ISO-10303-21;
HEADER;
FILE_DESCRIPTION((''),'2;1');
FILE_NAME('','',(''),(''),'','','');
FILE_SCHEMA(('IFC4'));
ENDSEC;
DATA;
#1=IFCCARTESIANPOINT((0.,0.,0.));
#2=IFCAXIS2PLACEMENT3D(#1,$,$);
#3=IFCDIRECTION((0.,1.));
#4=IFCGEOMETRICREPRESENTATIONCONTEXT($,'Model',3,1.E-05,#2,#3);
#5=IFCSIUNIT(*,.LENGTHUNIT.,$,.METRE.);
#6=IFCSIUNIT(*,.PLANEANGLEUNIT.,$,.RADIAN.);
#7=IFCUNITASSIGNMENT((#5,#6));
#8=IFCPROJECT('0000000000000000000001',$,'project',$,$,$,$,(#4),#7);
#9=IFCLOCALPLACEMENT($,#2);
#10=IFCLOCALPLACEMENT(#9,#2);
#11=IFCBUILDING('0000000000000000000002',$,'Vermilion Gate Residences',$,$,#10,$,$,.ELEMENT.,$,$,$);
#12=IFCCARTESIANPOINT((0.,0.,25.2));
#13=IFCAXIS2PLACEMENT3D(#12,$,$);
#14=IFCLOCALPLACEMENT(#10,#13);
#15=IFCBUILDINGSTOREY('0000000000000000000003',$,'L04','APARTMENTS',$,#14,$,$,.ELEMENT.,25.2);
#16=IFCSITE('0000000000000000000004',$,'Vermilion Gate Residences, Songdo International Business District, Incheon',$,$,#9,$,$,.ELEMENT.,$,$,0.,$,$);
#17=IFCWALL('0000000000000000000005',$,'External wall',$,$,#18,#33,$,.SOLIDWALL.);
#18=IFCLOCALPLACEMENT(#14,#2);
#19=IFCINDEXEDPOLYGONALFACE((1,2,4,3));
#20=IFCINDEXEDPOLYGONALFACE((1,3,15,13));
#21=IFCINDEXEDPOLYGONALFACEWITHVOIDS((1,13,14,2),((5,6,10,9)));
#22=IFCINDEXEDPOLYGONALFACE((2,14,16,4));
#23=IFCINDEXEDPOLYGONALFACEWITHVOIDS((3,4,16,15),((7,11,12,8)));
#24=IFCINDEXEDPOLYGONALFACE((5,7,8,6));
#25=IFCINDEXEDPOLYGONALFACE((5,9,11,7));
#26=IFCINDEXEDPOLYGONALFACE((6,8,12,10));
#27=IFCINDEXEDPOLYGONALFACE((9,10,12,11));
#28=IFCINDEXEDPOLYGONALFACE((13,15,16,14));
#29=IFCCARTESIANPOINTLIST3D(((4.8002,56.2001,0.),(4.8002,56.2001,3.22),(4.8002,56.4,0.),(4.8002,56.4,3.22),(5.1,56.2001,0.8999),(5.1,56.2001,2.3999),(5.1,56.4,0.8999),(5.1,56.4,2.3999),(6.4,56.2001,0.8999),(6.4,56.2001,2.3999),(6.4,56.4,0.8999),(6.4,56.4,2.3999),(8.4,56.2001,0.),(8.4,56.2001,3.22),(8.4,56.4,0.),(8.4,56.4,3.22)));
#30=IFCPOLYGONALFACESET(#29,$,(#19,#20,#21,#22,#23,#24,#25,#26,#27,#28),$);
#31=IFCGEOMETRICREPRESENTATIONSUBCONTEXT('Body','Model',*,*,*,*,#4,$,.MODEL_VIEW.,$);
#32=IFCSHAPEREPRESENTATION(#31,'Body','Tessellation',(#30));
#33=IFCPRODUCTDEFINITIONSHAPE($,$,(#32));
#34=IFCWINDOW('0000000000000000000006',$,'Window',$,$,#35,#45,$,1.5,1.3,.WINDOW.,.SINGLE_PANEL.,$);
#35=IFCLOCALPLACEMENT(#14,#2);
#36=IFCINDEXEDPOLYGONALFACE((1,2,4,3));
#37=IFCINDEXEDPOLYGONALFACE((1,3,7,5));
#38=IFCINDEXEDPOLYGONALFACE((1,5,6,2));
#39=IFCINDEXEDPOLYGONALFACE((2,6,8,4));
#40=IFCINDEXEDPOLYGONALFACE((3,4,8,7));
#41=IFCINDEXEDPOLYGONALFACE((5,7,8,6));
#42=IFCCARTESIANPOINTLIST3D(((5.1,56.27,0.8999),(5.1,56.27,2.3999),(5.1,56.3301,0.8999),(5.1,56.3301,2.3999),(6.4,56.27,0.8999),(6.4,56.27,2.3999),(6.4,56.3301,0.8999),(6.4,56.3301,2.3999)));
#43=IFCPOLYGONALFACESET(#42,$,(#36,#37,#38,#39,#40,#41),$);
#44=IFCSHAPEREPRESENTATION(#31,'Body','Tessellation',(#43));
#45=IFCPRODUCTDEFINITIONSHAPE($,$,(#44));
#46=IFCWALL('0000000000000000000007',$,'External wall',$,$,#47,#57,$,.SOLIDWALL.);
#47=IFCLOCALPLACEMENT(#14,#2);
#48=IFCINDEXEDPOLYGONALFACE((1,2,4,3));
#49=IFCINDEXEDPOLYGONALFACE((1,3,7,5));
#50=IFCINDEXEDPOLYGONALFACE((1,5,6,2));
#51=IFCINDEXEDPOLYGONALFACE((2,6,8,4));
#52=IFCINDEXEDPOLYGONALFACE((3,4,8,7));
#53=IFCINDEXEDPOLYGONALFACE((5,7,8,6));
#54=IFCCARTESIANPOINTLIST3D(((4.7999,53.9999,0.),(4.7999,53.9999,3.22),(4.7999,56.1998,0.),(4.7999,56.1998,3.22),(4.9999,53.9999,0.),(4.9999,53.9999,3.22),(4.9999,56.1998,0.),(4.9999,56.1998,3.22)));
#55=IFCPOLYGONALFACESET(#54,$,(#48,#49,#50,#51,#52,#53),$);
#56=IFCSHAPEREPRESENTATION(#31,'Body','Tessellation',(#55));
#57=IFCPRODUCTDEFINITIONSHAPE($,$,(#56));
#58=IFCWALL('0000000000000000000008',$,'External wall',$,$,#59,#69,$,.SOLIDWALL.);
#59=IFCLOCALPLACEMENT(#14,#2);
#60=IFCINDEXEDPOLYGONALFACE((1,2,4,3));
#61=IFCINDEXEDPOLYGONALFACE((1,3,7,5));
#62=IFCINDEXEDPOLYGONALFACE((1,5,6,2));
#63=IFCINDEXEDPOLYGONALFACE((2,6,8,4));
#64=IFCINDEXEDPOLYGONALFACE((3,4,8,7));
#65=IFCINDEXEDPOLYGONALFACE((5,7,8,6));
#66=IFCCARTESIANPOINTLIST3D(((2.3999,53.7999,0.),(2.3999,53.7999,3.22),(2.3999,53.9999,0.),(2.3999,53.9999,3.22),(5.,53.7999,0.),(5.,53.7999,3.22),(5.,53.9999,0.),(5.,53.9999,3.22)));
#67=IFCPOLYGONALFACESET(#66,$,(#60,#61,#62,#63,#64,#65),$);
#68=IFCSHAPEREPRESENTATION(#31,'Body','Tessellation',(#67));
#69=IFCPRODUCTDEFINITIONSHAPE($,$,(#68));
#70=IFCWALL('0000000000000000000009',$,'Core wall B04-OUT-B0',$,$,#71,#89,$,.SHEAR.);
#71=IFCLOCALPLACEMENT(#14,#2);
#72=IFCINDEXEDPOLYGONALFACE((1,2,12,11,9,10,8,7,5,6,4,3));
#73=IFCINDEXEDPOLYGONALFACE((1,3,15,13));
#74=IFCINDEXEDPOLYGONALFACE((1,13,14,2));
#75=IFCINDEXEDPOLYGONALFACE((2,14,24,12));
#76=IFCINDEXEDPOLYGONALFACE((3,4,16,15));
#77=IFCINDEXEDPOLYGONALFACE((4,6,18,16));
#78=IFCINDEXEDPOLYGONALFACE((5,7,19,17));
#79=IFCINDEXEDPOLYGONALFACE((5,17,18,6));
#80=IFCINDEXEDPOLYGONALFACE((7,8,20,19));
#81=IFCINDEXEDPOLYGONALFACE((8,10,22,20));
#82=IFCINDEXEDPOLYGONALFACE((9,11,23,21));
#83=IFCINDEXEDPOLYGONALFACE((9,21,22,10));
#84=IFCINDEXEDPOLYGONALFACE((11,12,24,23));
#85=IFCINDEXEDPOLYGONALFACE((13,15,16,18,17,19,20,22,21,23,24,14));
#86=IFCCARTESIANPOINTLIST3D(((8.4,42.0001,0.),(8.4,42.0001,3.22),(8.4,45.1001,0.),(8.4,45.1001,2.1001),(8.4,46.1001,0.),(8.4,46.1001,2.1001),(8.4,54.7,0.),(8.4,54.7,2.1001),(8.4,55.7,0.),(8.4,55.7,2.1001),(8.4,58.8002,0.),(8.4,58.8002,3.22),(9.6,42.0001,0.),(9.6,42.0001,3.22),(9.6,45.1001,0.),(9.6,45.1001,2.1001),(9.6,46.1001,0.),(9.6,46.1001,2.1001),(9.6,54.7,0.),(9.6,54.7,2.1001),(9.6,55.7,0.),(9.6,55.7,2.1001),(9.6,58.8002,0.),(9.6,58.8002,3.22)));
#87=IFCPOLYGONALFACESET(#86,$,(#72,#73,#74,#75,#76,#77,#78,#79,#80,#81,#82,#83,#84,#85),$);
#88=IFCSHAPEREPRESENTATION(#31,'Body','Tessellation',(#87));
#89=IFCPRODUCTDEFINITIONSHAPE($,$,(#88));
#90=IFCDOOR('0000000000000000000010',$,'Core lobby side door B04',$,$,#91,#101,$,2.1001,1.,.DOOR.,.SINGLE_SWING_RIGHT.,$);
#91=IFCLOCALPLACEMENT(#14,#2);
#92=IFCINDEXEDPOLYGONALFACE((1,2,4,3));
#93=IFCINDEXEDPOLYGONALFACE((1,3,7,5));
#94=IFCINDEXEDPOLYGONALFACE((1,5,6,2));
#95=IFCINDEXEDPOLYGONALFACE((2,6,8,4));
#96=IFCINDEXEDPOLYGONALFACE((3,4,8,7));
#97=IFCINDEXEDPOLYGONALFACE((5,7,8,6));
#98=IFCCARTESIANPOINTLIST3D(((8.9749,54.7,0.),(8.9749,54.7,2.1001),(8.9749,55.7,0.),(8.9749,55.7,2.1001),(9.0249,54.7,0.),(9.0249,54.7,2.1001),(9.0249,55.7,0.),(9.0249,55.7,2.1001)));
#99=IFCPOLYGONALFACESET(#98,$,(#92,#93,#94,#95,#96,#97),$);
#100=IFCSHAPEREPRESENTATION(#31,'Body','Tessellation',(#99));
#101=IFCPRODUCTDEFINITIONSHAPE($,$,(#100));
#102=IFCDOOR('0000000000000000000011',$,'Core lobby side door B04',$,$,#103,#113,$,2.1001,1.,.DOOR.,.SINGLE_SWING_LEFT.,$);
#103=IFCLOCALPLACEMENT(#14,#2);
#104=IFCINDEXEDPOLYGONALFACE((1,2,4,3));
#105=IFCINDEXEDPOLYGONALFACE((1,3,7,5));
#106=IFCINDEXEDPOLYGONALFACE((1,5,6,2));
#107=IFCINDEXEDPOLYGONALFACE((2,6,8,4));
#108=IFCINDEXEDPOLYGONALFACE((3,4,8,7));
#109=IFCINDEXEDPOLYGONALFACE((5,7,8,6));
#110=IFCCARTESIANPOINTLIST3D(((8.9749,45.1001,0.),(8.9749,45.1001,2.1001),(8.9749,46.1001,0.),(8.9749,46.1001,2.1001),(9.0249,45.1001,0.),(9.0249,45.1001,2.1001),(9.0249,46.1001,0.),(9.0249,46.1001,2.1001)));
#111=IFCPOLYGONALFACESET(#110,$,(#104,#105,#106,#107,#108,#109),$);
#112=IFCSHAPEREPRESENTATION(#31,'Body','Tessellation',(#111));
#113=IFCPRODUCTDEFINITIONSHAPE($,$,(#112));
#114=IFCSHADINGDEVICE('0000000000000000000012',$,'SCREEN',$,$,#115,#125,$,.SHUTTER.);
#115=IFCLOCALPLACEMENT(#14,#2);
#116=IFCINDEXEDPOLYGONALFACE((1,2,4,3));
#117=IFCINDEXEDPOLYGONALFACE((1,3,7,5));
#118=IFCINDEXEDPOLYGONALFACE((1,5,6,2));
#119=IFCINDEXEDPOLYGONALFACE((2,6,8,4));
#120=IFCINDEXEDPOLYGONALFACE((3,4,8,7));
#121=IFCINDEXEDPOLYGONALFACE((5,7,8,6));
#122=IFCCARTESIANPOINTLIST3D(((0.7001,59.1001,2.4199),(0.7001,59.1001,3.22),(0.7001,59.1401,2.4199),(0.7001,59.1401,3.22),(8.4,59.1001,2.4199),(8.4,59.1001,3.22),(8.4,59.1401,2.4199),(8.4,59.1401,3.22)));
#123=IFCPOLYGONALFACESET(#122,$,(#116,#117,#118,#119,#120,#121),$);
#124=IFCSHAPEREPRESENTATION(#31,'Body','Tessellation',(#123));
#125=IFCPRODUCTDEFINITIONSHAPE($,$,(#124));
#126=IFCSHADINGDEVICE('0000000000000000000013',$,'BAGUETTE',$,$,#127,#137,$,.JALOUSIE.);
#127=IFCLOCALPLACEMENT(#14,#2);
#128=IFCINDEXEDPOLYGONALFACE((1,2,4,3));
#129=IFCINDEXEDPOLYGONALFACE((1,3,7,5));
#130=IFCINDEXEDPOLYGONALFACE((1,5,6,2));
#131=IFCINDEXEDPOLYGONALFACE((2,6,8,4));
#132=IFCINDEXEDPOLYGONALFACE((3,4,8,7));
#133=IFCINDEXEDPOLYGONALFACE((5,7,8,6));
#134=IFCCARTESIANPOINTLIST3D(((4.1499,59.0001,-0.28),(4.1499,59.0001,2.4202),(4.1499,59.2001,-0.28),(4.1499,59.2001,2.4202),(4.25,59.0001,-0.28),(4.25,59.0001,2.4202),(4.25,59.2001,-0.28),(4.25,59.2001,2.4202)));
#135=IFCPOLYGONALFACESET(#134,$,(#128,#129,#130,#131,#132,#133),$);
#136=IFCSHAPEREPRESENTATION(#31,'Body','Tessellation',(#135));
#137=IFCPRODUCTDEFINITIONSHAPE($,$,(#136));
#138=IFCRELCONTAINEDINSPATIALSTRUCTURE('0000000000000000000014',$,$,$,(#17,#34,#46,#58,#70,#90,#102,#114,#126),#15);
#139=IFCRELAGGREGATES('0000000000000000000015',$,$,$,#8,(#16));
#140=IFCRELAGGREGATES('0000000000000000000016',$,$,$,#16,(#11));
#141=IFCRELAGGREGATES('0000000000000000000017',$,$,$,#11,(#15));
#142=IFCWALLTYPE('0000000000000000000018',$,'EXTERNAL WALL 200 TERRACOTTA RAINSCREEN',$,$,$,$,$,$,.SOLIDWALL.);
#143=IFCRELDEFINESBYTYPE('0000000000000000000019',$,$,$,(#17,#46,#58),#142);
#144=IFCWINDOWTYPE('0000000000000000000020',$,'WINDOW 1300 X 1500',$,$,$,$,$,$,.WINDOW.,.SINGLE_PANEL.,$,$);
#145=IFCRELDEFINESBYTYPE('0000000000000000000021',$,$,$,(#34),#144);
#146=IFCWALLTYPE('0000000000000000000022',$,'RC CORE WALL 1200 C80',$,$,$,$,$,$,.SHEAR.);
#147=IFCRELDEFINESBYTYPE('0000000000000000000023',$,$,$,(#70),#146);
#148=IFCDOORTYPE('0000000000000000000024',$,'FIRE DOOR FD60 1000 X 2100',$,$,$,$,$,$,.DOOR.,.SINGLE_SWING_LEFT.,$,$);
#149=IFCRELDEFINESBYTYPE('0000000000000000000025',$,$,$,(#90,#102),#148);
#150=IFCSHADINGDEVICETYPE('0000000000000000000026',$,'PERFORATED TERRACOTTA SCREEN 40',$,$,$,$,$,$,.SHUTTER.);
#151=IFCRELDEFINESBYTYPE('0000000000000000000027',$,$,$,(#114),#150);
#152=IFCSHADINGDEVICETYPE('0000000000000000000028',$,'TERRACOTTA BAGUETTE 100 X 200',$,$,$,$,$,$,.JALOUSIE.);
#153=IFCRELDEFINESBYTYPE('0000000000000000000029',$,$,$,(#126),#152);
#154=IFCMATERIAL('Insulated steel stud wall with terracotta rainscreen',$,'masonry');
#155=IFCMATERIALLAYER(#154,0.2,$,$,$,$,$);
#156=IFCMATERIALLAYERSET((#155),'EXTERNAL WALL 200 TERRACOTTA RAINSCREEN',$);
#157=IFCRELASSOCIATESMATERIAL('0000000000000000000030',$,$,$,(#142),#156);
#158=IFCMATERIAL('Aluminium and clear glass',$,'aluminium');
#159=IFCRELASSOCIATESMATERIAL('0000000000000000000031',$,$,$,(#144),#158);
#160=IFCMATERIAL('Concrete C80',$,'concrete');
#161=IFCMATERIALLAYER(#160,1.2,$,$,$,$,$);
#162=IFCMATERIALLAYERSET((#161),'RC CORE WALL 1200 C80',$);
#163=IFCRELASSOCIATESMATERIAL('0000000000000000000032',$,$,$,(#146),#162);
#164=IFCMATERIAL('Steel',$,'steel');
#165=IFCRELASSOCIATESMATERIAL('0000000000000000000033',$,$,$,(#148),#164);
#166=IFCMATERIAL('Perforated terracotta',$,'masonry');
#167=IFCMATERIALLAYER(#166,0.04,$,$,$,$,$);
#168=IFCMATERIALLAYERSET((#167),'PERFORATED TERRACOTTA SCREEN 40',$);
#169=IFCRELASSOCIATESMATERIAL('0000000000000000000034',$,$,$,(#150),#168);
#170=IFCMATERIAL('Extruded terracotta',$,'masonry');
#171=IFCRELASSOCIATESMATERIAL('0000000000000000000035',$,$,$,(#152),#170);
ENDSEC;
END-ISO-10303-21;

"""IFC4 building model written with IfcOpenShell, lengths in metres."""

from ifc_helpers import new_model, si_unit, direction, frame, frame_2d, origin, origin_2d, place, context, subcontext, project, spatial, rectangle, extrude, material, layer, layer_set, material_profile, profile_set, type_object, element, fill, save


model = new_model("IFC4")

# Units and contexts
model_context = context("Model", 3, precision=1e-05, world=origin(), true_north=direction((0.0, 1.0)))
body_context = subcontext(model_context, "Body", "Model", "MODEL_VIEW")
ifc_project = project(units=[si_unit("LENGTHUNIT", "METRE"), si_unit("PLANEANGLEUNIT", "RADIAN")], contexts=[model_context])

# Site, building, storey
site_placement = place(None, origin())
site = spatial("IfcSite", under=ifc_project, at=site_placement, Name="Vermilion Gate Residences, Songdo International Business District, Incheon", CompositionType="ELEMENT", RefElevation=0.0)
building_placement = place(site_placement, origin())
building = spatial("IfcBuilding", under=site, at=building_placement, Name="Vermilion Gate Residences", CompositionType="ELEMENT")
storey_placement = place(building_placement, frame((0.0, 0.0, 25.2)))
storey = spatial("IfcBuildingStorey", under=building, at=storey_placement, Name="L04", Description="APARTMENTS", CompositionType="ELEMENT", Elevation=25.2)

# Wall, opening, window
ifc_material_1 = material(Name="Insulated steel stud wall with terracotta rainscreen", Category="masonry")
ifc_layer_1 = layer(ifc_material_1, 0.2)
ifc_layer_set_1 = layer_set([ifc_layer_1], Name="EXTERNAL WALL 200 TERRACOTTA RAINSCREEN")
wall_type_1 = type_object("IfcWallType", Name="EXTERNAL WALL 200 TERRACOTTA RAINSCREEN", PredefinedType="SOLIDWALL", material=ifc_layer_set_1)
wall_1_placement = place(storey_placement, frame((8.3999, 56.3, 0.0), z_axis=(0.0, 0.0, 1.0), x_axis=(-1.0, 0.0, 0.0)))
wall_1 = element("IfcWall", 1, at=wall_1_placement, inside=storey, type_object=wall_type_1, Name="External wall", PredefinedType="SOLIDWALL", context=body_context, shape_type="SweptSolid", body=[
    extrude(rectangle(XDim=3.5999, YDim=0.2, at=frame_2d((1.7998, 0.0))), origin(), (0.0, 0.0, 1.0), 3.22),
])
opening_1_placement = place(wall_1_placement, frame((2.0, 0.0, 0.8999)))
opening_1 = element("IfcOpeningElement", 2, at=opening_1_placement, cuts=wall_1, PredefinedType="OPENING", context=body_context, shape_type="SweptSolid", body=[
    extrude(rectangle(XDim=1.3, YDim=1.5, at=frame_2d((0.6499, 0.75))), frame((0.0, 0.1099, 0.0), z_axis=(0.0, -1.0, 0.0), x_axis=(1.0, 0.0, 0.0)), (0.0, 0.0, 1.0), 0.22),
])
ifc_material_2 = material(Name="Aluminium and clear glass", Category="aluminium")
window_type = type_object("IfcWindowType", Name="WINDOW 1300 X 1500", PartitioningType="SINGLE_PANEL", PredefinedType="WINDOW", material=ifc_material_2)
window_placement = place(opening_1_placement, origin())
window = element("IfcWindow", 3, at=window_placement, inside=storey, type_object=window_type, Name="Window", OverallHeight=1.5, OverallWidth=1.3, PartitioningType="SINGLE_PANEL", PredefinedType="WINDOW", context=body_context, shape_type="SweptSolid", body=[
    extrude(rectangle(XDim=1.3, YDim=1.5, at=frame_2d((0.6499, 0.75))), frame((0.0, 0.03, 0.0), z_axis=(0.0, -1.0, 0.0), x_axis=(1.0, 0.0, 0.0)), (0.0, 0.0, 1.0), 0.0601),
])
fill(opening_1, window)

# Walls
wall_2_placement = place(storey_placement, frame((4.8999, 56.2, 0.0), z_axis=(0.0, 0.0, 1.0), x_axis=(0.0, -1.0, 0.0)))
element("IfcWall", 4, at=wall_2_placement, inside=storey, type_object=wall_type_1, Name="External wall", PredefinedType="SOLIDWALL", context=body_context, shape_type="SweptSolid", body=[
    extrude(rectangle(XDim=2.2, YDim=0.2, at=frame_2d((1.1001, 0.0))), origin(), (0.0, 0.0, 1.0), 3.22),
])
wall_3_placement = place(storey_placement, frame((5.0, 53.8999, 0.0), z_axis=(0.0, 0.0, 1.0), x_axis=(-1.0, 0.0, 0.0)))
element("IfcWall", 5, at=wall_3_placement, inside=storey, type_object=wall_type_1, Name="External wall", PredefinedType="SOLIDWALL", context=body_context, shape_type="SweptSolid", body=[
    extrude(rectangle(XDim=2.6001, YDim=0.2, at=frame_2d((1.3, 0.0))), origin(), (0.0, 0.0, 1.0), 3.22),
])

# Wall, openings, doors
ifc_material_3 = material(Name="Concrete C80", Category="concrete")
ifc_layer_2 = layer(ifc_material_3, 1.2)
ifc_layer_set_2 = layer_set([ifc_layer_2], Name="RC CORE WALL 1200 C80")
wall_type_2 = type_object("IfcWallType", Name="RC CORE WALL 1200 C80", PredefinedType="SHEAR", material=ifc_layer_set_2)
wall_4_placement = place(storey_placement, frame((9.0, 58.8, 0.0), z_axis=(0.0, 0.0, 1.0), x_axis=(0.0, -1.0, 0.0)))
wall_4 = element("IfcWall", 6, at=wall_4_placement, inside=storey, type_object=wall_type_2, Name="Core wall B04-OUT-B0", PredefinedType="SHEAR", context=body_context, shape_type="SweptSolid", body=[
    extrude(rectangle(XDim=16.8, YDim=1.2, at=frame_2d((8.3999, 0.0))), origin(), (0.0, 0.0, 1.0), 3.22),
])
opening_2_placement = place(wall_4_placement, frame((3.1001, 0.0, 0.0)))
opening_2 = element("IfcOpeningElement", 7, at=opening_2_placement, cuts=wall_4, PredefinedType="OPENING", context=body_context, shape_type="SweptSolid", body=[
    extrude(rectangle(XDim=1.0, YDim=2.1001, at=frame_2d((0.5, 1.05))), frame((0.0, 0.6099, 0.0), z_axis=(0.0, -1.0, 0.0), x_axis=(1.0, 0.0, 0.0)), (0.0, 0.0, 1.0), 1.22),
])
opening_3_placement = place(wall_4_placement, frame((12.7, 0.0, 0.0)))
opening_3 = element("IfcOpeningElement", 8, at=opening_3_placement, cuts=wall_4, PredefinedType="OPENING", context=body_context, shape_type="SweptSolid", body=[
    extrude(rectangle(XDim=1.0, YDim=2.1001, at=frame_2d((0.5, 1.05))), frame((0.0, 0.6099, 0.0), z_axis=(0.0, -1.0, 0.0), x_axis=(1.0, 0.0, 0.0)), (0.0, 0.0, 1.0), 1.22),
])
ifc_material_4 = material(Name="Steel", Category="steel")
door_type = type_object("IfcDoorType", Name="FIRE DOOR FD60 1000 X 2100", OperationType="SINGLE_SWING_LEFT", PredefinedType="DOOR", material=ifc_material_4)
door_1_placement = place(opening_2_placement, origin())
door_1 = element("IfcDoor", 9, at=door_1_placement, inside=storey, type_object=door_type, Name="Core lobby side door B04", OperationType="SINGLE_SWING_RIGHT", OverallHeight=2.1001, OverallWidth=1.0, PredefinedType="DOOR", context=body_context, shape_type="SweptSolid", body=[
    extrude(rectangle(XDim=1.0, YDim=2.1001, at=frame_2d((0.5, 1.05))), frame((0.0, 0.0249, 0.0), z_axis=(0.0, -1.0, 0.0), x_axis=(1.0, 0.0, 0.0)), (0.0, 0.0, 1.0), 0.05),
])
fill(opening_2, door_1)
door_2_placement = place(opening_3_placement, origin())
door_2 = element("IfcDoor", 10, at=door_2_placement, inside=storey, type_object=door_type, Name="Core lobby side door B04", OperationType="SINGLE_SWING_LEFT", OverallHeight=2.1001, OverallWidth=1.0, PredefinedType="DOOR", context=body_context, shape_type="SweptSolid", body=[
    extrude(rectangle(XDim=1.0, YDim=2.1001, at=frame_2d((0.5, 1.05))), frame((0.0, 0.0249, 0.0), z_axis=(0.0, -1.0, 0.0), x_axis=(1.0, 0.0, 0.0)), (0.0, 0.0, 1.0), 0.05),
])
fill(opening_3, door_2)

# Shading devices
ifc_material_5 = material(Name="Perforated terracotta", Category="masonry")
ifc_layer_3 = layer(ifc_material_5, 0.04)
ifc_layer_set_3 = layer_set([ifc_layer_3], Name="PERFORATED TERRACOTTA SCREEN 40")
shading_device_type_1 = type_object("IfcShadingDeviceType", Name="PERFORATED TERRACOTTA SCREEN 40", PredefinedType="SHUTTER", material=ifc_layer_set_3)
shading_device_1_placement = place(storey_placement, frame((4.55, 59.1201, 2.4199), z_axis=(0.0, 0.0, 1.0), x_axis=(-1.0, 0.0, 0.0)))
element("IfcShadingDevice", 11, at=shading_device_1_placement, inside=storey, type_object=shading_device_type_1, Name="SCREEN", PredefinedType="SHUTTER", context=body_context, shape_type="SweptSolid", body=[
    extrude(rectangle(XDim=7.7, YDim=0.04, at=origin_2d()), origin(), (0.0, 0.0, 1.0), 0.8),
])
ifc_material_6 = material(Name="Extruded terracotta", Category="masonry")
ifc_material_profile = material_profile(ifc_material_6, rectangle(XDim=0.2, YDim=0.1001, at=origin_2d()), Name="BAGUETTE 100 X 200")
ifc_profile_set = profile_set([ifc_material_profile], Name="Extruded terracotta")
shading_device_type_2 = type_object("IfcShadingDeviceType", Name="TERRACOTTA BAGUETTE 100 X 200", PredefinedType="JALOUSIE", material=ifc_profile_set)
shading_device_2_placement = place(storey_placement, frame((4.2, 59.1001, -0.28), z_axis=(0.0, 0.0, 1.0), x_axis=(0.0, -1.0, 0.0)))
element("IfcShadingDevice", 12, at=shading_device_2_placement, inside=storey, type_object=shading_device_type_2, Name="BAGUETTE", PredefinedType="JALOUSIE", context=body_context, shape_type="SweptSolid", body=[
    extrude(rectangle(XDim=0.2, YDim=0.1001, at=origin_2d()), origin(), (0.0, 0.0, 1.0), 2.7002),
])

save(model, "model.ifc")
